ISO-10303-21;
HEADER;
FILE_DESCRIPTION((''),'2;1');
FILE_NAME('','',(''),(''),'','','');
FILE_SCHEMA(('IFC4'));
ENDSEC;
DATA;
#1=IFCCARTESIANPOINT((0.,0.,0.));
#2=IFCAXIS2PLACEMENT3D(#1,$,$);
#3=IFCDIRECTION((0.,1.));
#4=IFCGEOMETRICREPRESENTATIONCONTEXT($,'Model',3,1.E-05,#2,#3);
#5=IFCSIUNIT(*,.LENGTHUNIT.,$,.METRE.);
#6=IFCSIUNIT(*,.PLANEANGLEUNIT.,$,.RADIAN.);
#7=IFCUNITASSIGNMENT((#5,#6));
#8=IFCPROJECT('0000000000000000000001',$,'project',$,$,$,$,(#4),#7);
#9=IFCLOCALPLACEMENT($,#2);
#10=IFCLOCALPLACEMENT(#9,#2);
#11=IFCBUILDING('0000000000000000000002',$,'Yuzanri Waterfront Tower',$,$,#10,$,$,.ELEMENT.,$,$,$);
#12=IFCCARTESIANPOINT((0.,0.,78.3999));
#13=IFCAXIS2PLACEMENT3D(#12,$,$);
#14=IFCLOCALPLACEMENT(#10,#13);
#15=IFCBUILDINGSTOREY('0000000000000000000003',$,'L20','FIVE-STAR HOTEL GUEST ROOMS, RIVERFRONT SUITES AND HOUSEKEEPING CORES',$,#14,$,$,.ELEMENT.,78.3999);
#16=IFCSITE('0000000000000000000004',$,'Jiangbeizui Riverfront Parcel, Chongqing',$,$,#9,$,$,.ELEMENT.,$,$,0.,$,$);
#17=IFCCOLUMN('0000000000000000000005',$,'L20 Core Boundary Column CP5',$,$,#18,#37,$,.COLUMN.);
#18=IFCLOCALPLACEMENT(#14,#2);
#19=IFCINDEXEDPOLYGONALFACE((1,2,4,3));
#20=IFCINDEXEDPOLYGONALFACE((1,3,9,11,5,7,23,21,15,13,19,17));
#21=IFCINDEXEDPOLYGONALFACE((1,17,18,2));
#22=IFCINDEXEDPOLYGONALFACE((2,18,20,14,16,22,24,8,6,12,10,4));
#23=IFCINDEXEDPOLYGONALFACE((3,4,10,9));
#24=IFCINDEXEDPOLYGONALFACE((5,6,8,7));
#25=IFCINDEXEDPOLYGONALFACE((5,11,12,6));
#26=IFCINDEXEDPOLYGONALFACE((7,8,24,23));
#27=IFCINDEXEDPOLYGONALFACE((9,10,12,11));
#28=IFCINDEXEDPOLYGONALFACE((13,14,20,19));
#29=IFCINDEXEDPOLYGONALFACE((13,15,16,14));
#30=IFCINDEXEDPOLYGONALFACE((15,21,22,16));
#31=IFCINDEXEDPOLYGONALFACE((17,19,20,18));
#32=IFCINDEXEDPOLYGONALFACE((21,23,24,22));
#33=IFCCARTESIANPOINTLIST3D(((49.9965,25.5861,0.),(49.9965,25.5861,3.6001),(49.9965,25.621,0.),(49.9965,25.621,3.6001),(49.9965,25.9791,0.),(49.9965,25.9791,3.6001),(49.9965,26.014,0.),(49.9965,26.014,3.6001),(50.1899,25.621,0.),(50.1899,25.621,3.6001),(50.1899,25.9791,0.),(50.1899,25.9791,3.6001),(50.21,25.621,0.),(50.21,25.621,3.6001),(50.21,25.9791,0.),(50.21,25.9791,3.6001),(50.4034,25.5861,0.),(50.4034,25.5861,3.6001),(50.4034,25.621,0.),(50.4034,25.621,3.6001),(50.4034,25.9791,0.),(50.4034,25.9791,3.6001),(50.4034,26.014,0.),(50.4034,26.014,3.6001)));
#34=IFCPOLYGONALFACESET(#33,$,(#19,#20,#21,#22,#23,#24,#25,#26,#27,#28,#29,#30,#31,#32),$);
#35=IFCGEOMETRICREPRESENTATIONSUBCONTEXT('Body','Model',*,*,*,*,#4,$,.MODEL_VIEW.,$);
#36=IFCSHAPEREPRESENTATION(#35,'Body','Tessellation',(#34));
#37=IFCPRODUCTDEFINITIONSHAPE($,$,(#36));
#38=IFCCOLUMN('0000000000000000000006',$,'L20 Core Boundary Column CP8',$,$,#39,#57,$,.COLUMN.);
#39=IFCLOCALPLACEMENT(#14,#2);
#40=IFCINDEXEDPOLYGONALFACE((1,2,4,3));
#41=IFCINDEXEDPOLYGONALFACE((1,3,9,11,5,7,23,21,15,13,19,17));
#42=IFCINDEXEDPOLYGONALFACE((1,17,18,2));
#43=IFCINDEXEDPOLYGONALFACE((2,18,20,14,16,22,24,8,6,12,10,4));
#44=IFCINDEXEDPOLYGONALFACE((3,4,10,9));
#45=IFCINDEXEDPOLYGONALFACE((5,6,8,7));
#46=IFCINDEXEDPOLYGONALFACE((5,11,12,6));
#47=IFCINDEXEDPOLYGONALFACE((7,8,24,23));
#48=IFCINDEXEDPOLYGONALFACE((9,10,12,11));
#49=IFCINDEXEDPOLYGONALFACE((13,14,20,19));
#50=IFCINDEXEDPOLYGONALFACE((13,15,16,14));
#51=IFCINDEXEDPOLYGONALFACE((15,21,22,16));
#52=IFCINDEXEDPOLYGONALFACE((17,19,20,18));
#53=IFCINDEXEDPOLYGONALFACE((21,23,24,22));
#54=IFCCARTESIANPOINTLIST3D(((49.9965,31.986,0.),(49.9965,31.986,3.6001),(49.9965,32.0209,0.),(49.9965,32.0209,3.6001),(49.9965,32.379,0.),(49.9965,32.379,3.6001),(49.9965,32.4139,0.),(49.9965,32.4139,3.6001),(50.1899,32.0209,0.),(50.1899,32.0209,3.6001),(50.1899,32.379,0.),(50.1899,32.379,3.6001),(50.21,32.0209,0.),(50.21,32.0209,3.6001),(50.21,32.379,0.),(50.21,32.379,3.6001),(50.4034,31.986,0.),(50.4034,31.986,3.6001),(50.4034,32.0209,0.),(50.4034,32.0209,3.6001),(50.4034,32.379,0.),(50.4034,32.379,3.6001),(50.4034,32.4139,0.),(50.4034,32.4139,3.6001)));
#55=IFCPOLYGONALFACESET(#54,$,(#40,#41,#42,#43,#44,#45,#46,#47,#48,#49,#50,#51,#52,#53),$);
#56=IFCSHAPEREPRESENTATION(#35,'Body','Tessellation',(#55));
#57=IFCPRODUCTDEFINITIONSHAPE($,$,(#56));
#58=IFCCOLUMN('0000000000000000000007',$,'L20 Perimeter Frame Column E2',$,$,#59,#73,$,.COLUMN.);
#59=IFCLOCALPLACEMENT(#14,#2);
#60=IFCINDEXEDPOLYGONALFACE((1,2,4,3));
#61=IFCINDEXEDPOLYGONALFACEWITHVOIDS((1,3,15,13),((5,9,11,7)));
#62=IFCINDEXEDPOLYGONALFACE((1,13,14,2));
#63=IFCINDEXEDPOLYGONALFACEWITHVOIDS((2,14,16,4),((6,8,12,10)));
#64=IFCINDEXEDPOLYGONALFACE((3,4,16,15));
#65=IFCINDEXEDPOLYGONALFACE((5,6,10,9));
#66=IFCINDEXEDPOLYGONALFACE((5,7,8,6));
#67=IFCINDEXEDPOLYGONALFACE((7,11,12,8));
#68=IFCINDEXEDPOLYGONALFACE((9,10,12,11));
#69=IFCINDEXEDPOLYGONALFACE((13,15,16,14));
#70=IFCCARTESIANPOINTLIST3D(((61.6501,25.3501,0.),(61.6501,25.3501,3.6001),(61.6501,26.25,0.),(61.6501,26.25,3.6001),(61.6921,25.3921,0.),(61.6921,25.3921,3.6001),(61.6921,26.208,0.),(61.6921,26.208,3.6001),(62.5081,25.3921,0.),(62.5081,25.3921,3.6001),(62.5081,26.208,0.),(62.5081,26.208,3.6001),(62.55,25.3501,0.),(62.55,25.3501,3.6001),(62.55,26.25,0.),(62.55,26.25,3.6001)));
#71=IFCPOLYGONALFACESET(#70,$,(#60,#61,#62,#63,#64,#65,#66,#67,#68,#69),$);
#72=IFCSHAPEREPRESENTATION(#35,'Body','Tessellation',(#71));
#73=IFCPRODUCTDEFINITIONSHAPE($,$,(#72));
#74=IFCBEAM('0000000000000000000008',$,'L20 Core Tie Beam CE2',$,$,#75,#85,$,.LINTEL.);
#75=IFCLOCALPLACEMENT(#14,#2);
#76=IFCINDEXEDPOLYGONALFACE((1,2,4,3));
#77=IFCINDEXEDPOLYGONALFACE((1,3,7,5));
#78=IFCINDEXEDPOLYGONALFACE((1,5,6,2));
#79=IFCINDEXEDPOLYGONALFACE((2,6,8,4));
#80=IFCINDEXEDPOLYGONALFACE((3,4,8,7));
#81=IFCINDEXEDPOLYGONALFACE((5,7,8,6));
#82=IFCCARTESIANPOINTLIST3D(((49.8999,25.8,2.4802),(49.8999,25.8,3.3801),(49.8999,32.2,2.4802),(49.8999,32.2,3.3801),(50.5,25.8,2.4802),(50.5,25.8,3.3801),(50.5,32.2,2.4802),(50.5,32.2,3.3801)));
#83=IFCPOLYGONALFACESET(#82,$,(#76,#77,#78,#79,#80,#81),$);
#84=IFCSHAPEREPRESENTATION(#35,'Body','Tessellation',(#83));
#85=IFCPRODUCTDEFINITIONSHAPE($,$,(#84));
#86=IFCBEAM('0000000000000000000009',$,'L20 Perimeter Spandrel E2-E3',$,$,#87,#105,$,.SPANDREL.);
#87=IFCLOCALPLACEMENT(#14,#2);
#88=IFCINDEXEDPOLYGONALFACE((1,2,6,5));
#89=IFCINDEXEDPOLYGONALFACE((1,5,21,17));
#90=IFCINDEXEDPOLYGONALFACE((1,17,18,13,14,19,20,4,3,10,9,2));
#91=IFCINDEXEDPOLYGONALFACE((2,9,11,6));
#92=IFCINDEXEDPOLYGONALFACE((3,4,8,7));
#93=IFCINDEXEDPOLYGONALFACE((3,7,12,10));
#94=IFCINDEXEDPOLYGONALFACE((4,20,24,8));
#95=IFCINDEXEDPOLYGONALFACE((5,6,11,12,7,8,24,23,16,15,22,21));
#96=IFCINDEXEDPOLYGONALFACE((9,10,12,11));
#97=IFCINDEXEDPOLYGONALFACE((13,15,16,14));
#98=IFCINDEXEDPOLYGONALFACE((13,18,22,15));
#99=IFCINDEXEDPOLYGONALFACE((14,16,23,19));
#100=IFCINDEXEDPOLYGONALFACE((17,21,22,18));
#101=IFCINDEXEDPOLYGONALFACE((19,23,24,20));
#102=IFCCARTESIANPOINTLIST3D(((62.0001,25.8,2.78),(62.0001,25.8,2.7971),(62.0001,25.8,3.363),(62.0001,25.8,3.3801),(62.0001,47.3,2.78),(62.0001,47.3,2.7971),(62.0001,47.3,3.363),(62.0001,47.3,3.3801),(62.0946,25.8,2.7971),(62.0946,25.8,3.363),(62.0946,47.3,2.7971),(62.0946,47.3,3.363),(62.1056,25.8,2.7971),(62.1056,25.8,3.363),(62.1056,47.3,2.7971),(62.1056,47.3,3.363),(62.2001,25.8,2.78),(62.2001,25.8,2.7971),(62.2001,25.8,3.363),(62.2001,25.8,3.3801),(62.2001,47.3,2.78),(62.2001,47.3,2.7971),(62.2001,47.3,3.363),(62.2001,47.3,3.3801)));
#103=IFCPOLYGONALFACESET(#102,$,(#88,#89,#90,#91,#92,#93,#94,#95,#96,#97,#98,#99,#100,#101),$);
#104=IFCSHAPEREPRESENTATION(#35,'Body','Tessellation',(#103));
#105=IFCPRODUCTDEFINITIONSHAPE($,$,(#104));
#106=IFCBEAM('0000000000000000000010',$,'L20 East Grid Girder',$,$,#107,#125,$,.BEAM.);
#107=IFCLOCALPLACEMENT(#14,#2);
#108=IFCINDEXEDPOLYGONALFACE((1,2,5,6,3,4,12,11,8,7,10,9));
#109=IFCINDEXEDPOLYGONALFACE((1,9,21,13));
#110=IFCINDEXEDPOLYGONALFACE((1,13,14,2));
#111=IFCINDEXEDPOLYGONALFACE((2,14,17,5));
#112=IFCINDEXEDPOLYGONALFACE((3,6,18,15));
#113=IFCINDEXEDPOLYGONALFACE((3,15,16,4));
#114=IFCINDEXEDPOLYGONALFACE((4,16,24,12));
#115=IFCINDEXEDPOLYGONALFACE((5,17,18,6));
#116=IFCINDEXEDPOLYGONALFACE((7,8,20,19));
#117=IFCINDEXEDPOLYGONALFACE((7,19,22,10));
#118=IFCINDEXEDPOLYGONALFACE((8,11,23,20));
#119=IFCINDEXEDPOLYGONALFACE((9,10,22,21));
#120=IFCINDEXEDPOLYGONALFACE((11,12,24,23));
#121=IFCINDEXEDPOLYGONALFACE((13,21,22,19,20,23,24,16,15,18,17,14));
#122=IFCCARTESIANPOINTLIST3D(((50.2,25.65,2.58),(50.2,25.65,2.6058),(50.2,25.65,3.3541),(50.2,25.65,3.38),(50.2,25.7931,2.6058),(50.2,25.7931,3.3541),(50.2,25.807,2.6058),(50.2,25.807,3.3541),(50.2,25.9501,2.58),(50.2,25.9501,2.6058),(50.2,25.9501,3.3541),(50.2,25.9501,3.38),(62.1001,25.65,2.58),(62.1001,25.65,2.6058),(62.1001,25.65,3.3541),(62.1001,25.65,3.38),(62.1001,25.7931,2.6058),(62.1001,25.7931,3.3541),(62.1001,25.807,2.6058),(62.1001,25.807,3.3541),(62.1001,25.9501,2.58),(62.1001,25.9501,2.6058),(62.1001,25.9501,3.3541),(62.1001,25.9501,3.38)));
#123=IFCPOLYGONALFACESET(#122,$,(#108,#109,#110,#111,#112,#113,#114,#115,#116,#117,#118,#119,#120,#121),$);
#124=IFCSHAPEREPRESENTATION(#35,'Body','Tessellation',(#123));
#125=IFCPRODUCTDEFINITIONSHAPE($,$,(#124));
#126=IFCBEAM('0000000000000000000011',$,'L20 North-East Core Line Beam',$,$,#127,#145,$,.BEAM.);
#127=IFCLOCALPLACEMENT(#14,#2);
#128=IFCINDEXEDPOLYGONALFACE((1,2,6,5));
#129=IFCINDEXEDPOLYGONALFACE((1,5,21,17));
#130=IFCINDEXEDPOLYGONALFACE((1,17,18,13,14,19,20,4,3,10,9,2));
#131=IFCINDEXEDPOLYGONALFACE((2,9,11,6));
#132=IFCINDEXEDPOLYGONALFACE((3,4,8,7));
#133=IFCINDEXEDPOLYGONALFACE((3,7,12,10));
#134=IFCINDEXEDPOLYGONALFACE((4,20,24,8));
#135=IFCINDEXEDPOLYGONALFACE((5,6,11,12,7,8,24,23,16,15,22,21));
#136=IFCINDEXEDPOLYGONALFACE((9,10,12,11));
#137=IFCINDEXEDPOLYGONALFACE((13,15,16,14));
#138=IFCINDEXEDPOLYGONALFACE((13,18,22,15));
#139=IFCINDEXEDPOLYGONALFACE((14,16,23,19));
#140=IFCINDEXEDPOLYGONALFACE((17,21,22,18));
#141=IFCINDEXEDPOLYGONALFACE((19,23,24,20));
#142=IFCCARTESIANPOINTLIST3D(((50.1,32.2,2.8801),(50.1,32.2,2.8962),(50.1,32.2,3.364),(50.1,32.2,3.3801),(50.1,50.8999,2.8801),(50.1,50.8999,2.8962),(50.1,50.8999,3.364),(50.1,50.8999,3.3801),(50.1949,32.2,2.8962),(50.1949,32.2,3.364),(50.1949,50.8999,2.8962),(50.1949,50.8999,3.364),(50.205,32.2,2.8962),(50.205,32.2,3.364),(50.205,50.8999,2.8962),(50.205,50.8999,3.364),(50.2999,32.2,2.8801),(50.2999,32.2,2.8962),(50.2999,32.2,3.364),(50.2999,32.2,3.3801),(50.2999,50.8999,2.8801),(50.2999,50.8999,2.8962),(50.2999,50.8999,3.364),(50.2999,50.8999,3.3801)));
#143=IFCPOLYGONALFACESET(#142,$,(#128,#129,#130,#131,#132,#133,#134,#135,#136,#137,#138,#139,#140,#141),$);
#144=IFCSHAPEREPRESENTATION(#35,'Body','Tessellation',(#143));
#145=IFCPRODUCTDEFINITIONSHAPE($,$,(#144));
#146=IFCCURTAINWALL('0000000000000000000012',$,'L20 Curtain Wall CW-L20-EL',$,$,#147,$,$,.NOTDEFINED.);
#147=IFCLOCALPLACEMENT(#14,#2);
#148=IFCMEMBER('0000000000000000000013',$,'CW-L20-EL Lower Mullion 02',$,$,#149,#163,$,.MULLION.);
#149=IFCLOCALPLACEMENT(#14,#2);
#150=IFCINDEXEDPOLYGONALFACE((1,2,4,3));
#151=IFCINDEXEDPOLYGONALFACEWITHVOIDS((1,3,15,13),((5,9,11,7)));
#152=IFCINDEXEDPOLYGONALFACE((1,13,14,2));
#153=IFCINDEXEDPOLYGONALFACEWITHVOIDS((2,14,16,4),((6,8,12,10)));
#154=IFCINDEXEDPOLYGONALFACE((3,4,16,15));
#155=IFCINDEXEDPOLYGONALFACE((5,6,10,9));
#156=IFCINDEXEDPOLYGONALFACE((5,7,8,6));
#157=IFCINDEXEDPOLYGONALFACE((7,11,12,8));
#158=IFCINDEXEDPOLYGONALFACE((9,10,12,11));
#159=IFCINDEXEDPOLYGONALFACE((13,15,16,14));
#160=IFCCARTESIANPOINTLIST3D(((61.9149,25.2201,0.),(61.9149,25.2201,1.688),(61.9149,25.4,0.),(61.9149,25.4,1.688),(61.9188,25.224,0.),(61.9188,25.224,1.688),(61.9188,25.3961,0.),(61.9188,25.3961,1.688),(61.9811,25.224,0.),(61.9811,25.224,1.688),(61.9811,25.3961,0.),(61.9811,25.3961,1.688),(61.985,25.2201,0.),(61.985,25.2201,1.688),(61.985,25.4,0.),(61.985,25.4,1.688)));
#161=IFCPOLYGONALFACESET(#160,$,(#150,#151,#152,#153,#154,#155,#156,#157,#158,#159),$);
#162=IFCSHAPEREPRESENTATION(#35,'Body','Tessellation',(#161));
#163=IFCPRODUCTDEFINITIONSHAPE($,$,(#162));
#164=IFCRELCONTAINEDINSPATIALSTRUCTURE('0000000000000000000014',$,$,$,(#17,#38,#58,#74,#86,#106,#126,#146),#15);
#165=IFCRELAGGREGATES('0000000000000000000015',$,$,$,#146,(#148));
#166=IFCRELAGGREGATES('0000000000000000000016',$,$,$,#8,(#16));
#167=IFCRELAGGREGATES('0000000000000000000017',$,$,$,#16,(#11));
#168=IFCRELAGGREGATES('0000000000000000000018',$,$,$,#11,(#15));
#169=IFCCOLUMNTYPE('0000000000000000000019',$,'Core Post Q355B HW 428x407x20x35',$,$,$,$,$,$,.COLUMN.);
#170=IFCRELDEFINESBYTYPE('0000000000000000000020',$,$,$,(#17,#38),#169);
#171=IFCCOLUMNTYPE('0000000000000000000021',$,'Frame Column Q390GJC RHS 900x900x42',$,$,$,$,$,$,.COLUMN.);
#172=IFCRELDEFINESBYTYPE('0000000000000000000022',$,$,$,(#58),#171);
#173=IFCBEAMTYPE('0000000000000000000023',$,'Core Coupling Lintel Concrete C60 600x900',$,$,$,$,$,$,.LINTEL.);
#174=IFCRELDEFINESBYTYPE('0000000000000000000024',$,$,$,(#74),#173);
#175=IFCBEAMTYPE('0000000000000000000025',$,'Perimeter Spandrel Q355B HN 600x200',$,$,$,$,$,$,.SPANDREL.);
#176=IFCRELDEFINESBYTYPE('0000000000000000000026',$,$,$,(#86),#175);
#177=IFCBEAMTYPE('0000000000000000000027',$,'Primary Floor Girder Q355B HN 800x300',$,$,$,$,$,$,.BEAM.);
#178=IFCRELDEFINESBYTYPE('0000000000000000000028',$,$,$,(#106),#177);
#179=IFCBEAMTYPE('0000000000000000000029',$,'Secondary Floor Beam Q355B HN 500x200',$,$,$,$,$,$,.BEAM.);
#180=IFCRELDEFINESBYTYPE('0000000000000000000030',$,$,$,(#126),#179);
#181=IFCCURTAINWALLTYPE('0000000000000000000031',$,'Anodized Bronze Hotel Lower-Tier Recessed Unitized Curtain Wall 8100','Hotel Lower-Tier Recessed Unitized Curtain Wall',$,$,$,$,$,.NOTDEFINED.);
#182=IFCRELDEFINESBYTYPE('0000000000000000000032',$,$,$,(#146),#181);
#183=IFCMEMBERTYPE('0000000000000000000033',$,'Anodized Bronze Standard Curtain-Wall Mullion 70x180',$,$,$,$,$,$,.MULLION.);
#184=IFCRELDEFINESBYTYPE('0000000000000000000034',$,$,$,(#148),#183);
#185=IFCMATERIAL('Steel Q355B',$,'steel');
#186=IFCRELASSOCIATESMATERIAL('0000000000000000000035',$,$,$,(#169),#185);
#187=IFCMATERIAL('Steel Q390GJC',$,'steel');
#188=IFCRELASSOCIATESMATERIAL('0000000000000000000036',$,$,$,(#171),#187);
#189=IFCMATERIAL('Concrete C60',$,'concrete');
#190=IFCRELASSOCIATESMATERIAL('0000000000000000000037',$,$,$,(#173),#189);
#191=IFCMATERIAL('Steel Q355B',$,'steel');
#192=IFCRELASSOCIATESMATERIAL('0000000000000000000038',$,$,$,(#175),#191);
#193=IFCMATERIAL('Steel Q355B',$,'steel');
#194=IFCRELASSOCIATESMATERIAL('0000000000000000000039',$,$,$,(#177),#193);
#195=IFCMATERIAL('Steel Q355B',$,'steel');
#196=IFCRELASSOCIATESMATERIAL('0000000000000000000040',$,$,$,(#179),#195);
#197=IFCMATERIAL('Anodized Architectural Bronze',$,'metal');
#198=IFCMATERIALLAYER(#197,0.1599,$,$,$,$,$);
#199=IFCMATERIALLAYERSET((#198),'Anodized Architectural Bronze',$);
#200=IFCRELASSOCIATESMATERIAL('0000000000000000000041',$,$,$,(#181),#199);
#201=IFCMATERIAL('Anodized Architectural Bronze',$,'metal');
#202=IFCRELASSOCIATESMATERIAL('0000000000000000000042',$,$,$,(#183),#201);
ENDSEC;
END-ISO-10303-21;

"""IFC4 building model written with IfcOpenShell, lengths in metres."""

from ifc_helpers import new_model, si_unit, direction, frame, origin, origin_2d, place, context, subcontext, project, spatial, rectangle, hollow_rectangle, i_section, extrude, source, transform, mapped, material, layer, layer_set, material_profile, profile_set, type_object, element, aggregate, save


model = new_model("IFC4")

# Units and contexts
model_context = context("Model", 3, precision=1e-05, world=origin(), true_north=direction((0.0, 1.0)))
body_context = subcontext(model_context, "Body", "Model", "MODEL_VIEW")
ifc_project = project(units=[si_unit("LENGTHUNIT", "METRE"), si_unit("PLANEANGLEUNIT", "RADIAN")], contexts=[model_context])

# Site, building, storey
site_placement = place(None, origin())
site = spatial("IfcSite", under=ifc_project, at=site_placement, Name="Jiangbeizui Riverfront Parcel, Chongqing", CompositionType="ELEMENT", RefElevation=0.0)
building_placement = place(site_placement, origin())
building = spatial("IfcBuilding", under=site, at=building_placement, Name="Yuzanri Waterfront Tower", CompositionType="ELEMENT")
storey_placement = place(building_placement, frame((0.0, 0.0, 78.3999)))
storey = spatial("IfcBuildingStorey", under=building, at=storey_placement, Name="L20", Description="FIVE-STAR HOTEL GUEST ROOMS, RIVERFRONT SUITES AND HOUSEKEEPING CORES", CompositionType="ELEMENT", Elevation=78.3999)

# Columns
ifc_material_1 = material(Name="Steel Q355B", Category="steel")
ifc_material_profile_1 = material_profile(ifc_material_1, i_section(OverallWidth=0.407, OverallDepth=0.428, WebThickness=0.02, FlangeThickness=0.0349, at=origin_2d()), Name="HW 428x407x20x35")
ifc_profile_set_1 = profile_set([ifc_material_profile_1], Name="Steel Q355B")
column_type_1 = type_object("IfcColumnType", Name="Core Post Q355B HW 428x407x20x35", PredefinedType="COLUMN", material=ifc_profile_set_1)
shared_shape_1 = source(origin(), body_context, "Body", "SweptSolid", [
    extrude(i_section(OverallWidth=0.407, OverallDepth=0.428, WebThickness=0.02, FlangeThickness=0.0349, at=origin_2d()), origin(), (0.0, 0.0, 1.0), 3.6001),
])
for number, where, z_axis, x_axis, name in (
    (1, (50.2, 25.8, 0.0), (0.0, 0.0, 1.0), (1.0, 0.0, 0.0), "L20 Core Boundary Column CP5"),
    (2, (50.2, 32.2, 0.0), (0.0, 0.0, 1.0), (1.0, 0.0, 0.0), "L20 Core Boundary Column CP8"),
):
    element("IfcColumn", number, at=place(storey_placement, frame(where, z_axis=z_axis, x_axis=x_axis)), inside=storey, type_object=column_type_1, Name=name, PredefinedType="COLUMN", context=body_context, shape_type="MappedRepresentation", body=[
        mapped(shared_shape_1, transform((0.0, 0.0, 0.0), scale=1.0)),
    ])
ifc_material_2 = material(Name="Steel Q390GJC", Category="steel")
ifc_material_profile_2 = material_profile(ifc_material_2, hollow_rectangle(XDim=0.8999, YDim=0.8999, WallThickness=0.042, at=origin_2d()), Name="RHS 900x900x42")
ifc_profile_set_2 = profile_set([ifc_material_profile_2], Name="Steel Q390GJC")
column_type_2 = type_object("IfcColumnType", Name="Frame Column Q390GJC RHS 900x900x42", PredefinedType="COLUMN", material=ifc_profile_set_2)
shared_shape_2 = source(origin(), body_context, "Body", "SweptSolid", [
    extrude(hollow_rectangle(XDim=0.8999, YDim=0.8999, WallThickness=0.042, at=origin_2d()), origin(), (0.0, 0.0, 1.0), 3.6001),
])
column_placement = place(storey_placement, frame((62.1001, 25.8, 0.0), z_axis=(0.0, 0.0, 1.0), x_axis=(1.0, 0.0, 0.0)))
element("IfcColumn", 3, at=column_placement, inside=storey, type_object=column_type_2, Name="L20 Perimeter Frame Column E2", PredefinedType="COLUMN", context=body_context, shape_type="MappedRepresentation", body=[
    mapped(shared_shape_2, transform((0.0, 0.0, 0.0), scale=1.0)),
])

# Beams
ifc_material_3 = material(Name="Concrete C60", Category="concrete")
ifc_material_profile_3 = material_profile(ifc_material_3, rectangle(XDim=0.6001, YDim=0.8999, at=origin_2d()), Name="RC 600x900")
ifc_profile_set_3 = profile_set([ifc_material_profile_3], Name="Concrete C60")
beam_type_1 = type_object("IfcBeamType", Name="Core Coupling Lintel Concrete C60 600x900", PredefinedType="LINTEL", material=ifc_profile_set_3)
shared_shape_3 = source(origin(), body_context, "Body", "SweptSolid", [
    extrude(rectangle(XDim=0.6001, YDim=0.8999, at=origin_2d()), origin(), (0.0, 0.0, 1.0), 6.3999),
])
beam_1_placement = place(storey_placement, frame((50.2, 25.8, 2.9302), z_axis=(0.0, 1.0, 0.0), x_axis=(-1.0, 0.0, 0.0)))
element("IfcBeam", 4, at=beam_1_placement, inside=storey, type_object=beam_type_1, Name="L20 Core Tie Beam CE2", PredefinedType="LINTEL", context=body_context, shape_type="MappedRepresentation", body=[
    mapped(shared_shape_3, transform((0.0, 0.0, 0.0), scale=1.0)),
])
ifc_material_4 = material(Name="Steel Q355B", Category="steel")
ifc_material_profile_4 = material_profile(ifc_material_4, i_section(OverallWidth=0.2, OverallDepth=0.6001, WebThickness=0.011, FlangeThickness=0.0171, at=origin_2d()), Name="HN 600x200x11x17")
ifc_profile_set_4 = profile_set([ifc_material_profile_4], Name="Steel Q355B")
beam_type_2 = type_object("IfcBeamType", Name="Perimeter Spandrel Q355B HN 600x200", PredefinedType="SPANDREL", material=ifc_profile_set_4)
shared_shape_4 = source(origin(), body_context, "Body", "SweptSolid", [
    extrude(i_section(OverallWidth=0.2, OverallDepth=0.6001, WebThickness=0.011, FlangeThickness=0.0171, at=origin_2d()), origin(), (0.0, 0.0, 1.0), 21.5),
])
beam_2_placement = place(storey_placement, frame((62.1001, 25.8, 3.0801), z_axis=(0.0, 1.0, 0.0), x_axis=(-1.0, 0.0, 0.0)))
element("IfcBeam", 5, at=beam_2_placement, inside=storey, type_object=beam_type_2, Name="L20 Perimeter Spandrel E2-E3", PredefinedType="SPANDREL", context=body_context, shape_type="MappedRepresentation", body=[
    mapped(shared_shape_4, transform((0.0, 0.0, 0.0), scale=1.0)),
])
ifc_material_5 = material(Name="Steel Q355B", Category="steel")
ifc_material_profile_5 = material_profile(ifc_material_5, i_section(OverallWidth=0.3, OverallDepth=0.8, WebThickness=0.0139, FlangeThickness=0.0259, at=origin_2d()), Name="HN 800x300x14x26")
ifc_profile_set_5 = profile_set([ifc_material_profile_5], Name="Steel Q355B")
beam_type_3 = type_object("IfcBeamType", Name="Primary Floor Girder Q355B HN 800x300", PredefinedType="BEAM", material=ifc_profile_set_5)
shared_shape_5 = source(origin(), body_context, "Body", "SweptSolid", [
    extrude(i_section(OverallWidth=0.3, OverallDepth=0.8, WebThickness=0.0139, FlangeThickness=0.0259, at=origin_2d()), origin(), (0.0, 0.0, 1.0), 11.9001),
])
beam_3_placement = place(storey_placement, frame((50.2, 25.8, 2.98), z_axis=(1.0, 0.0, 0.0), x_axis=(0.0, 1.0, 0.0)))
element("IfcBeam", 6, at=beam_3_placement, inside=storey, type_object=beam_type_3, Name="L20 East Grid Girder", PredefinedType="BEAM", context=body_context, shape_type="MappedRepresentation", body=[
    mapped(shared_shape_5, transform((0.0, 0.0, 0.0), scale=1.0)),
])
ifc_material_6 = material(Name="Steel Q355B", Category="steel")
ifc_material_profile_6 = material_profile(ifc_material_6, i_section(OverallWidth=0.2, OverallDepth=0.5, WebThickness=0.01, FlangeThickness=0.0161, at=origin_2d()), Name="HN 500x200x10x16")
ifc_profile_set_6 = profile_set([ifc_material_profile_6], Name="Steel Q355B")
beam_type_4 = type_object("IfcBeamType", Name="Secondary Floor Beam Q355B HN 500x200", PredefinedType="BEAM", material=ifc_profile_set_6)
shared_shape_6 = source(origin(), body_context, "Body", "SweptSolid", [
    extrude(i_section(OverallWidth=0.2, OverallDepth=0.5, WebThickness=0.01, FlangeThickness=0.0161, at=origin_2d()), origin(), (0.0, 0.0, 1.0), 18.7),
])
beam_4_placement = place(storey_placement, frame((50.2, 32.2, 3.1301), z_axis=(0.0, 1.0, 0.0), x_axis=(-1.0, 0.0, 0.0)))
element("IfcBeam", 7, at=beam_4_placement, inside=storey, type_object=beam_type_4, Name="L20 North-East Core Line Beam", PredefinedType="BEAM", context=body_context, shape_type="MappedRepresentation", body=[
    mapped(shared_shape_6, transform((0.0, 0.0, 0.0), scale=1.0)),
])

# Curtain wall, member
ifc_material_7 = material(Name="Anodized Architectural Bronze", Category="metal")
ifc_layer_1 = layer(ifc_material_7, 0.1599)
ifc_layer_set_1 = layer_set([ifc_layer_1], Name="Anodized Architectural Bronze")
curtain_wall_type = type_object("IfcCurtainWallType", Name="Anodized Bronze Hotel Lower-Tier Recessed Unitized Curtain Wall 8100", Description="Hotel Lower-Tier Recessed Unitized Curtain Wall", PredefinedType="NOTDEFINED", material=ifc_layer_set_1)
curtain_wall_1_placement = place(storey_placement, origin())
curtain_wall_1 = element("IfcCurtainWall", 8, at=curtain_wall_1_placement, inside=storey, type_object=curtain_wall_type, Name="L20 Curtain Wall CW-L20-EL", PredefinedType="NOTDEFINED")
ifc_material_8 = material(Name="Anodized Architectural Bronze", Category="metal")
ifc_material_profile_7 = material_profile(ifc_material_8, hollow_rectangle(XDim=0.0701, YDim=0.1799, WallThickness=0.0039, at=origin_2d()), Name="CWM 70x180")
ifc_profile_set_7 = profile_set([ifc_material_profile_7], Name="Anodized Architectural Bronze")
member_type_1 = type_object("IfcMemberType", Name="Anodized Bronze Standard Curtain-Wall Mullion 70x180", PredefinedType="MULLION", material=ifc_profile_set_7)
shared_shape_7 = source(origin(), body_context, "Body", "SweptSolid", [
    extrude(hollow_rectangle(XDim=0.0701, YDim=0.1799, WallThickness=0.0039, at=origin_2d()), origin(), (0.0, 0.0, 1.0), 1.688),
])
member_1_placement = place(storey_placement, frame((61.95, 25.3101, 0.0), z_axis=(0.0, 0.0, 1.0), x_axis=(1.0, 0.0, 0.0)))
member_1 = element("IfcMember", 9, at=member_1_placement, type_object=member_type_1, Name="CW-L20-EL Lower Mullion 02", PredefinedType="MULLION", context=body_context, shape_type="MappedRepresentation", body=[
    mapped(shared_shape_7, transform((0.0, 0.0, 0.0), scale=1.0)),
])
aggregate(curtain_wall_1, [member_1])

save(model, "model.ifc")
